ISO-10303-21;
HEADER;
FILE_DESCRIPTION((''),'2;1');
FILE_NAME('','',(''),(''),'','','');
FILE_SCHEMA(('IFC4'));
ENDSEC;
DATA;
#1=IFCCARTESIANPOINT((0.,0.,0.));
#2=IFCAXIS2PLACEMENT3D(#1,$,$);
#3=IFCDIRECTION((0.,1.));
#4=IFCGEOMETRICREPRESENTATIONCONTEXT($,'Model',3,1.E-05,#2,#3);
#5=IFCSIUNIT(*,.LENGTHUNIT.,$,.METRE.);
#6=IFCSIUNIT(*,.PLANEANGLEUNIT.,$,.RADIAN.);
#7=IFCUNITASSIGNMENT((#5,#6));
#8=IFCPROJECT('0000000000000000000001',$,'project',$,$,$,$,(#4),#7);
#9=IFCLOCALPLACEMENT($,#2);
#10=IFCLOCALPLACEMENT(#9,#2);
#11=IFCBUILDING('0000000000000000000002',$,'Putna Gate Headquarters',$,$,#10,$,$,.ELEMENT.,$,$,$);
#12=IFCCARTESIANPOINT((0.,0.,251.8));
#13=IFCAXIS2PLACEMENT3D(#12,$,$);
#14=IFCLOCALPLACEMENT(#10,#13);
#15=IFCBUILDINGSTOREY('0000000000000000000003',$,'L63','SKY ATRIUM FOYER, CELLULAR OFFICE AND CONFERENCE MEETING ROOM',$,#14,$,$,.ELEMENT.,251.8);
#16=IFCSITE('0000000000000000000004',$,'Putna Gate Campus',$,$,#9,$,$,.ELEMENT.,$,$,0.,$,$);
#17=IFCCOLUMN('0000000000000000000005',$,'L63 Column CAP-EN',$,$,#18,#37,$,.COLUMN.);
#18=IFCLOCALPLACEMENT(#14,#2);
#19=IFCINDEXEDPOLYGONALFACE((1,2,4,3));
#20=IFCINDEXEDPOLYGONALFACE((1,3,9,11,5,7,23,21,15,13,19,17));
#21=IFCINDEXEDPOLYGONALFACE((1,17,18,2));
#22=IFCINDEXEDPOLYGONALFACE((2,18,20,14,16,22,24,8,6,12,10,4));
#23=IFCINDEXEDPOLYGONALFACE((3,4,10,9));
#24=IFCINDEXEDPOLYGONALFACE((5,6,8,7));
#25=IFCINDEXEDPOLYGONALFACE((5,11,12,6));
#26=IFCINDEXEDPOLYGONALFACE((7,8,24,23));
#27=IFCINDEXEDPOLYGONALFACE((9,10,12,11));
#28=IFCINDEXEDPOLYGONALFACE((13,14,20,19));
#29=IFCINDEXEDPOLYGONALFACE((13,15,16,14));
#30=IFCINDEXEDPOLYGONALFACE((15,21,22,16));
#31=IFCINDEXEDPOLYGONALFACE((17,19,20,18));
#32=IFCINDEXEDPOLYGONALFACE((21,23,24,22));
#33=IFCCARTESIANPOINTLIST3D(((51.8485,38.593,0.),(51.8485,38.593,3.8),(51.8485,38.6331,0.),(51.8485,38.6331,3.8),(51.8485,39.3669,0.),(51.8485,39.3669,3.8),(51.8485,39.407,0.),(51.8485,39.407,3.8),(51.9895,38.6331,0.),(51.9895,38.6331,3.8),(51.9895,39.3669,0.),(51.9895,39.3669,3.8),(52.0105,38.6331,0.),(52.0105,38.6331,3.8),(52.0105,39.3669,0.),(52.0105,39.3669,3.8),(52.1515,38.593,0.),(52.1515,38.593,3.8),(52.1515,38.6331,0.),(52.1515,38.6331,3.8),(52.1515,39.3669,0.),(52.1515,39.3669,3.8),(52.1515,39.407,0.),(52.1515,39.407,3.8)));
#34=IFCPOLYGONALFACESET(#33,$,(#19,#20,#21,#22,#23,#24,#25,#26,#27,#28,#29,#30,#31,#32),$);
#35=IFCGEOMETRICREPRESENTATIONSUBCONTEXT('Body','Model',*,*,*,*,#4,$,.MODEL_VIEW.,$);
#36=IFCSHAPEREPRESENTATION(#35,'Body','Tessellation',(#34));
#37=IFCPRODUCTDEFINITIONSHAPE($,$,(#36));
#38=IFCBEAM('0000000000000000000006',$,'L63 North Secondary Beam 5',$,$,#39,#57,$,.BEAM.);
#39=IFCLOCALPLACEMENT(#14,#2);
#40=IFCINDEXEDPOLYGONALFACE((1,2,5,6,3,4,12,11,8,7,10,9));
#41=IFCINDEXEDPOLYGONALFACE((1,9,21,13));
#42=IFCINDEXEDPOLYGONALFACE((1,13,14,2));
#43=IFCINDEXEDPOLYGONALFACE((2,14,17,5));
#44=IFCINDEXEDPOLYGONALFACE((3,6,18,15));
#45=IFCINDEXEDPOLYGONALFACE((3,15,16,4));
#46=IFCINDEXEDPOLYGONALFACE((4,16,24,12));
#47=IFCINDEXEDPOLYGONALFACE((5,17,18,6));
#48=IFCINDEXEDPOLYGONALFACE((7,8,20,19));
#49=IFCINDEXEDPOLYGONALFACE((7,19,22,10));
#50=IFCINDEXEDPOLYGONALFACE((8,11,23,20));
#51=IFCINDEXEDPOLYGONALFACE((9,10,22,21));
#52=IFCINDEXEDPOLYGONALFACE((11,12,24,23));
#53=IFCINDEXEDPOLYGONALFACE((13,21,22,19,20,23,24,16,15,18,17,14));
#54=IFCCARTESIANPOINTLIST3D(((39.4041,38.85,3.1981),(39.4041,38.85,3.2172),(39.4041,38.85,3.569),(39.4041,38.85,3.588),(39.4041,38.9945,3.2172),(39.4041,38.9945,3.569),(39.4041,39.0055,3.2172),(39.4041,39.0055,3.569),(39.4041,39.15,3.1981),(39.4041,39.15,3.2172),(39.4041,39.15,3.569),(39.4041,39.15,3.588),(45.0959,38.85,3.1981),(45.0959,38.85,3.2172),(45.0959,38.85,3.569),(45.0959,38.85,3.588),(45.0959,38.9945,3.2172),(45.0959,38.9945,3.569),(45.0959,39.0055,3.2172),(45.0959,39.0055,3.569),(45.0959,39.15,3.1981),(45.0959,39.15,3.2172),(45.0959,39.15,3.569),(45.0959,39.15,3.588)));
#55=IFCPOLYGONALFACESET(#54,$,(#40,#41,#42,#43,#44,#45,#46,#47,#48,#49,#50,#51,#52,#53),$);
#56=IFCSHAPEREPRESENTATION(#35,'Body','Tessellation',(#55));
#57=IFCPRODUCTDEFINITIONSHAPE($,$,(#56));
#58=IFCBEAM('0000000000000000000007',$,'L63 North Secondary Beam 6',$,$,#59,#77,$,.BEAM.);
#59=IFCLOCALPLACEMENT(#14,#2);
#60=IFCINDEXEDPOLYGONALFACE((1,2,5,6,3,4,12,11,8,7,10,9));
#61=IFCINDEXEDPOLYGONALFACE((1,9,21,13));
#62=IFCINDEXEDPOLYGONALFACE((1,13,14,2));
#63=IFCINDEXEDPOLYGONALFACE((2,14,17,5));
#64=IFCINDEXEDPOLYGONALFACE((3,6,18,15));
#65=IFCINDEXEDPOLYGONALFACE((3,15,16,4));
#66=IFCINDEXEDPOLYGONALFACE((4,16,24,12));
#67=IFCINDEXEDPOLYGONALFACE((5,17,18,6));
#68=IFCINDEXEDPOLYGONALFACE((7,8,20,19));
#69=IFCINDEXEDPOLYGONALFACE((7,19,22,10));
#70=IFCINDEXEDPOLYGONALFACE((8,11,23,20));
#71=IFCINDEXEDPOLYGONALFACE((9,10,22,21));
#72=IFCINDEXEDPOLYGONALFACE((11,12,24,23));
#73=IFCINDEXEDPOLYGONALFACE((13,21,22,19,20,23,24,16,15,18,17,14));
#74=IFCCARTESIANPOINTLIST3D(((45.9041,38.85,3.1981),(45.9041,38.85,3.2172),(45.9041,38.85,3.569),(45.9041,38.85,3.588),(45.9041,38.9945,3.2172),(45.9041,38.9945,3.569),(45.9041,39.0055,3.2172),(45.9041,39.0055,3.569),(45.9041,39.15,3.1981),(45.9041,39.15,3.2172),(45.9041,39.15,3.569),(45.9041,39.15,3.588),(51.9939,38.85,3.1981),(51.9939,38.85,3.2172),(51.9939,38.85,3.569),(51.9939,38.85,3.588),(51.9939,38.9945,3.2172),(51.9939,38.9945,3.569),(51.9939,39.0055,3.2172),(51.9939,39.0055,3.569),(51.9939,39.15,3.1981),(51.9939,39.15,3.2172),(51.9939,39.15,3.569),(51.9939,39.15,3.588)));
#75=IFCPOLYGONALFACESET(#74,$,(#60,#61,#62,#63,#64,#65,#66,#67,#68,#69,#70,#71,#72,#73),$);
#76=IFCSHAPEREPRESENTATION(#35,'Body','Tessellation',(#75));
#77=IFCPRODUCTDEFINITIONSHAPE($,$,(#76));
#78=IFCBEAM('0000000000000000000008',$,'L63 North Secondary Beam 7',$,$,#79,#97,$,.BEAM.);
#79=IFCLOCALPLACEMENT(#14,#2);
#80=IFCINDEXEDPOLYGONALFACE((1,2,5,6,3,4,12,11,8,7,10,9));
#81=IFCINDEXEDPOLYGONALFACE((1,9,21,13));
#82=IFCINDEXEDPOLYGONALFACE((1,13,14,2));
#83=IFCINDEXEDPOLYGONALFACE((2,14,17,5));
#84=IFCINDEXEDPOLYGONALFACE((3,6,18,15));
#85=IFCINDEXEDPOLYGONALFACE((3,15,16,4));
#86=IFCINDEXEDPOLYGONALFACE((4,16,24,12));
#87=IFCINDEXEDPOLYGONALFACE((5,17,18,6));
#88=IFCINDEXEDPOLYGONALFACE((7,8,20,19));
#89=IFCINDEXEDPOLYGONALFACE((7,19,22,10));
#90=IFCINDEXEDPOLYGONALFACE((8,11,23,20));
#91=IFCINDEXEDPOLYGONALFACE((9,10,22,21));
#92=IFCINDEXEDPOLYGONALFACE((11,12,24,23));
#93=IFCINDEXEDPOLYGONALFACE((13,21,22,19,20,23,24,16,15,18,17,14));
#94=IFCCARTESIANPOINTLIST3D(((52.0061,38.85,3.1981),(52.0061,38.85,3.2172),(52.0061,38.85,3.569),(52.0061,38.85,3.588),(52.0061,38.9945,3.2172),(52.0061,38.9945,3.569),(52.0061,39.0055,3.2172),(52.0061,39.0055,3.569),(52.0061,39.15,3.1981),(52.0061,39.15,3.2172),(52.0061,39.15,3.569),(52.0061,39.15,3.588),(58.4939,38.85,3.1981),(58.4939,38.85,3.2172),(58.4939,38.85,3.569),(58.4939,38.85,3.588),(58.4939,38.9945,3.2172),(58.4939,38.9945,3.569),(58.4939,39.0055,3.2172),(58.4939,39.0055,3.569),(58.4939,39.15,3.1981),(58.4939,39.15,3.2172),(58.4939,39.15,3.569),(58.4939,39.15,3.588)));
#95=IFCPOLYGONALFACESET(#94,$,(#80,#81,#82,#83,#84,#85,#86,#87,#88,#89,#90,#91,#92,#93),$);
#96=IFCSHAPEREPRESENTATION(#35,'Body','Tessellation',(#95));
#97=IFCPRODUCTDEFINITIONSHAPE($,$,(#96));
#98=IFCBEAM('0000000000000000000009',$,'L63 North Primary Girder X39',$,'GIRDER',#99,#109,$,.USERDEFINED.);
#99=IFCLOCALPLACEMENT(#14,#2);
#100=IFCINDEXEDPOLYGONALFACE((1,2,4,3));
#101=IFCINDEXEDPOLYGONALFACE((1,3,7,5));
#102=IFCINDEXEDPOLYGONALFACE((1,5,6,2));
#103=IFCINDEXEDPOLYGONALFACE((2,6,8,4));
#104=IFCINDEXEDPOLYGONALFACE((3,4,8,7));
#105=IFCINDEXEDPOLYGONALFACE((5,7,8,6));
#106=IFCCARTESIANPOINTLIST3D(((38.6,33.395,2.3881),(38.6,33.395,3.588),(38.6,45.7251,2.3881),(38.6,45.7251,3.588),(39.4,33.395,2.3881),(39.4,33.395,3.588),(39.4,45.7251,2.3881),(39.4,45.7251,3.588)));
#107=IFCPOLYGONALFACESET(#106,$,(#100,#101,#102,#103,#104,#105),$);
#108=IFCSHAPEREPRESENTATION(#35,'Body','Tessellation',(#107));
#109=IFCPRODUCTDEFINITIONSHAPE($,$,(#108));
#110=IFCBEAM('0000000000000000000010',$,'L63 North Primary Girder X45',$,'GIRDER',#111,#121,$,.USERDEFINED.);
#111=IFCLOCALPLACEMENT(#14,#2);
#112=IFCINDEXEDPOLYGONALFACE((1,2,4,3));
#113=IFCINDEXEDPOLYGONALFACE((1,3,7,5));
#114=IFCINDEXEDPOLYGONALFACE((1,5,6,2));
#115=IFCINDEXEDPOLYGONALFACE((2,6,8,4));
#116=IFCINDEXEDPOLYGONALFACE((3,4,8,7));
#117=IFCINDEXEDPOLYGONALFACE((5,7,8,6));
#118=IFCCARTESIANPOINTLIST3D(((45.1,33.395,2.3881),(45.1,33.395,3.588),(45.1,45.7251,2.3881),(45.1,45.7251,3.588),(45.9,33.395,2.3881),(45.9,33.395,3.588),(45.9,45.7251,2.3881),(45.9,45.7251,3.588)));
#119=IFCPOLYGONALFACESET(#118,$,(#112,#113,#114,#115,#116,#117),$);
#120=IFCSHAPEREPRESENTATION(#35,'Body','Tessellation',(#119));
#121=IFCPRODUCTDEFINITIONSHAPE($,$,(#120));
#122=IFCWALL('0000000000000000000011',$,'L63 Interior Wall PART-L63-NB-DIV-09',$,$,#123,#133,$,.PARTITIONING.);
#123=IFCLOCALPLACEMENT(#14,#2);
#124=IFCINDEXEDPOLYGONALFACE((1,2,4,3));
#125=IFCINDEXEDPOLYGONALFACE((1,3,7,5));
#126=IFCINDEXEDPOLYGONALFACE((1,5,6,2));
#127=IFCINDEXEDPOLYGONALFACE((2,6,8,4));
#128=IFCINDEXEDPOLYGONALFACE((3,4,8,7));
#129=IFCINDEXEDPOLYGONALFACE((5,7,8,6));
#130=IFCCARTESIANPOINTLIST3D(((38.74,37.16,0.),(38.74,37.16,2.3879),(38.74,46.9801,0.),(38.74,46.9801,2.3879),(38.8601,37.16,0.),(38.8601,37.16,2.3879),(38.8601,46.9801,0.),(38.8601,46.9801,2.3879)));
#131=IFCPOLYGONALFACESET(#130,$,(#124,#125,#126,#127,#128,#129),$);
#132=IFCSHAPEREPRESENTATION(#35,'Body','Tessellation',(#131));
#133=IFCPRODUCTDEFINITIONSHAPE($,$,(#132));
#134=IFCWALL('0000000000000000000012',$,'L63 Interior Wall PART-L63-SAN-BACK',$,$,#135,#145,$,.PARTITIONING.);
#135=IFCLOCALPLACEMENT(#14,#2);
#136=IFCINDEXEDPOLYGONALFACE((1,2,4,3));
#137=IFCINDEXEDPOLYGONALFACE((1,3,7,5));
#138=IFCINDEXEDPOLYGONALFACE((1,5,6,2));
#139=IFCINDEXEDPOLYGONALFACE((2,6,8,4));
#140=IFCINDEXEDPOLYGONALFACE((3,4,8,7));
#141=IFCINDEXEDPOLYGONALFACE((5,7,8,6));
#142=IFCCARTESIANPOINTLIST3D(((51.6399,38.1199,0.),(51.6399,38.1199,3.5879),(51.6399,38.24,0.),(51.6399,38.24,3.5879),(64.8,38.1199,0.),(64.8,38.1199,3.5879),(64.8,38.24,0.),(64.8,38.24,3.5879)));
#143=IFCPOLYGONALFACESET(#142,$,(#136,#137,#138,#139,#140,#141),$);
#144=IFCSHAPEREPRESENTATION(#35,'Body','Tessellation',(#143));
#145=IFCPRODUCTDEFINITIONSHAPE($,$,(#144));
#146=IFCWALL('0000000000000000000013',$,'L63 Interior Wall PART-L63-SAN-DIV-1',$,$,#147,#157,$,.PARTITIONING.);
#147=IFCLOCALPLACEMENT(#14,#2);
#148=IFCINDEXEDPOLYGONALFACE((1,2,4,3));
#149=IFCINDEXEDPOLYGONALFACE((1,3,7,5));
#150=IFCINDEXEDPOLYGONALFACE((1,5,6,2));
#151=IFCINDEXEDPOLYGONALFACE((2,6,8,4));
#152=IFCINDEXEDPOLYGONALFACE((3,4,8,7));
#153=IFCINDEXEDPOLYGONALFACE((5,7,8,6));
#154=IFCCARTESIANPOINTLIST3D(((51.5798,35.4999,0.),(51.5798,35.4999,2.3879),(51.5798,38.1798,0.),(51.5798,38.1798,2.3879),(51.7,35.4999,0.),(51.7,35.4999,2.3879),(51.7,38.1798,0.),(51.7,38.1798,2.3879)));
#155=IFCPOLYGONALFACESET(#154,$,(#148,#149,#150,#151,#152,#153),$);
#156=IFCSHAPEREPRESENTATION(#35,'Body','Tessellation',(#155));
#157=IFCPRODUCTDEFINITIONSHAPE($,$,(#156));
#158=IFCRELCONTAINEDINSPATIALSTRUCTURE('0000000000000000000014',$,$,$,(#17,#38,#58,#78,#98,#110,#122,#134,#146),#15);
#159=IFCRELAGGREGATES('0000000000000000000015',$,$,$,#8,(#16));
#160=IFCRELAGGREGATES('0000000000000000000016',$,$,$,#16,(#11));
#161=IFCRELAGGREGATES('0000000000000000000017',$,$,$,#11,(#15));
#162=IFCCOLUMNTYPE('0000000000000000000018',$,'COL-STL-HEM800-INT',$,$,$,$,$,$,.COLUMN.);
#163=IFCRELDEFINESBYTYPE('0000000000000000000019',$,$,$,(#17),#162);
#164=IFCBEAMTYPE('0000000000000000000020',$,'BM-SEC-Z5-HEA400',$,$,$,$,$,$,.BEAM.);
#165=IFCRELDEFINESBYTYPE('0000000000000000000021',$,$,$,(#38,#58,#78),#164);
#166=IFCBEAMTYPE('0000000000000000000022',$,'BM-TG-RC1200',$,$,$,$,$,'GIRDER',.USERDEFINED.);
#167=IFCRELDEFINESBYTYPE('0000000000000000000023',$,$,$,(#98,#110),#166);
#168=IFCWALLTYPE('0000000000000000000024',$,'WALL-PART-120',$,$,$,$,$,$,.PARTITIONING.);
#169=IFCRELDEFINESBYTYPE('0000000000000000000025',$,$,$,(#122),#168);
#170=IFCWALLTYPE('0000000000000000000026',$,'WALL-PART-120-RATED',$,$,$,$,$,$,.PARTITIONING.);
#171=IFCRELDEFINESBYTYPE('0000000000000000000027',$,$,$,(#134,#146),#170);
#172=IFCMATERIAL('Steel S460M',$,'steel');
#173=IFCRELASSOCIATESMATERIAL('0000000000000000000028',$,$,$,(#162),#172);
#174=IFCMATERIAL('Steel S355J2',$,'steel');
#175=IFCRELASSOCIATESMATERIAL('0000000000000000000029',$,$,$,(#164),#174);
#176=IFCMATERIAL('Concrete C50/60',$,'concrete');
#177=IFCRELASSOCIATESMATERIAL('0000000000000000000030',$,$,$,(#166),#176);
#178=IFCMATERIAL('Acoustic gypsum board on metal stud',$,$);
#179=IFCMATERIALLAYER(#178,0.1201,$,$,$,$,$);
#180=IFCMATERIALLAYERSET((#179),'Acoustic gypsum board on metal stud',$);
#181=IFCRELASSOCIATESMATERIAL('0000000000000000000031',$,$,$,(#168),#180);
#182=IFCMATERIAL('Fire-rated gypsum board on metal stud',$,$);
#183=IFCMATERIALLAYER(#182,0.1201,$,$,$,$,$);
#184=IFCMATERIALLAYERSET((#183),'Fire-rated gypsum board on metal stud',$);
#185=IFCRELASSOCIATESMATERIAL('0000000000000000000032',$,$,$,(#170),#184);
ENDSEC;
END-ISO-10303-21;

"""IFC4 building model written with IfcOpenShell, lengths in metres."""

from ifc_helpers import new_model, si_unit, direction, frame, frame_2d, origin, origin_2d, place, context, subcontext, project, spatial, rectangle, i_section, extrude, material, layer, layer_set, material_profile, profile_set, type_object, element, save


model = new_model("IFC4")

# Units and contexts
model_context = context("Model", 3, precision=1e-05, world=origin(), true_north=direction((0.0, 1.0)))
body_context = subcontext(model_context, "Body", "Model", "MODEL_VIEW")
ifc_project = project(units=[si_unit("LENGTHUNIT", "METRE"), si_unit("PLANEANGLEUNIT", "RADIAN")], contexts=[model_context])

# Site, building, storey
site_placement = place(None, origin())
site = spatial("IfcSite", under=ifc_project, at=site_placement, Name="Putna Gate Campus", CompositionType="ELEMENT", RefElevation=0.0)
building_placement = place(site_placement, origin())
building = spatial("IfcBuilding", under=site, at=building_placement, Name="Putna Gate Headquarters", CompositionType="ELEMENT")
storey_placement = place(building_placement, frame((0.0, 0.0, 251.8)))
storey = spatial("IfcBuildingStorey", under=building, at=storey_placement, Name="L63", Description="SKY ATRIUM FOYER, CELLULAR OFFICE AND CONFERENCE MEETING ROOM", CompositionType="ELEMENT", Elevation=251.8)

# Column
ifc_material_1 = material(Name="Steel S460M", Category="steel")
ifc_material_profile_1 = material_profile(ifc_material_1, i_section(OverallWidth=0.303, OverallDepth=0.814, WebThickness=0.021, FlangeThickness=0.04, at=origin_2d()), Name="Steel S460M")
ifc_profile_set_1 = profile_set([ifc_material_profile_1], Name="Steel S460M")
column_type = type_object("IfcColumnType", Name="COL-STL-HEM800-INT", PredefinedType="COLUMN", material=ifc_profile_set_1)
column_placement = place(storey_placement, frame((52.0, 39.0, 0.0), z_axis=(0.0, 0.0, 1.0), x_axis=(1.0, 0.0, 0.0)))
element("IfcColumn", 1, at=column_placement, inside=storey, type_object=column_type, Name="L63 Column CAP-EN", PredefinedType="COLUMN", context=body_context, shape_type="SweptSolid", body=[
    extrude(i_section(OverallWidth=0.303, OverallDepth=0.814, WebThickness=0.021, FlangeThickness=0.04, at=origin_2d()), origin(), (0.0, 0.0, 1.0), 3.8),
])

# Beams
ifc_material_2 = material(Name="Steel S355J2", Category="steel")
ifc_material_profile_2 = material_profile(ifc_material_2, i_section(OverallWidth=0.3, OverallDepth=0.3899, WebThickness=0.011, FlangeThickness=0.019, at=origin_2d()), Name="Steel S355J2")
ifc_profile_set_2 = profile_set([ifc_material_profile_2], Name="Steel S355J2")
beam_type_1 = type_object("IfcBeamType", Name="BM-SEC-Z5-HEA400", PredefinedType="BEAM", material=ifc_profile_set_2)
beam_1_placement = place(storey_placement, frame((39.4041, 39.0, 3.3931), z_axis=(1.0, 0.0, 0.0), x_axis=(0.0, 1.0, 0.0)))
element("IfcBeam", 2, at=beam_1_placement, inside=storey, type_object=beam_type_1, Name="L63 North Secondary Beam 5", PredefinedType="BEAM", context=body_context, shape_type="SweptSolid", body=[
    extrude(i_section(OverallWidth=0.3, OverallDepth=0.3899, WebThickness=0.011, FlangeThickness=0.019, at=origin_2d()), origin(), (0.0, 0.0, 1.0), 5.6919),
])
beam_2_placement = place(storey_placement, frame((45.9041, 39.0, 3.3931), z_axis=(1.0, 0.0, 0.0), x_axis=(0.0, 1.0, 0.0)))
element("IfcBeam", 3, at=beam_2_placement, inside=storey, type_object=beam_type_1, Name="L63 North Secondary Beam 6", PredefinedType="BEAM", context=body_context, shape_type="SweptSolid", body=[
    extrude(i_section(OverallWidth=0.3, OverallDepth=0.3899, WebThickness=0.011, FlangeThickness=0.019, at=origin_2d()), origin(), (0.0, 0.0, 1.0), 6.0898),
])
beam_3_placement = place(storey_placement, frame((52.0061, 39.0, 3.3931), z_axis=(1.0, 0.0, 0.0), x_axis=(0.0, 1.0, 0.0)))
element("IfcBeam", 4, at=beam_3_placement, inside=storey, type_object=beam_type_1, Name="L63 North Secondary Beam 7", PredefinedType="BEAM", context=body_context, shape_type="SweptSolid", body=[
    extrude(i_section(OverallWidth=0.3, OverallDepth=0.3899, WebThickness=0.011, FlangeThickness=0.019, at=origin_2d()), origin(), (0.0, 0.0, 1.0), 6.4878),
])
ifc_material_3 = material(Name="Concrete C50/60", Category="concrete")
ifc_material_profile_3 = material_profile(ifc_material_3, rectangle(XDim=0.8, YDim=1.2, at=origin_2d()), Name="Concrete C50/60")
ifc_profile_set_3 = profile_set([ifc_material_profile_3], Name="Concrete C50/60")
beam_type_2 = type_object("IfcBeamType", Name="BM-TG-RC1200", ElementType="GIRDER", PredefinedType="USERDEFINED", material=ifc_profile_set_3)
for number, where, z_axis, x_axis, name in (
    (5, (39.0, 33.395, 2.988), (0.0, 1.0, 0.0), (-1.0, 0.0, 0.0), "L63 North Primary Girder X39"),
    (6, (45.5, 33.395, 2.988), (0.0, 1.0, 0.0), (-1.0, 0.0, 0.0), "L63 North Primary Girder X45"),
):
    element("IfcBeam", number, at=place(storey_placement, frame(where, z_axis=z_axis, x_axis=x_axis)), inside=storey, type_object=beam_type_2, Name=name, ObjectType="GIRDER", PredefinedType="USERDEFINED", context=body_context, shape_type="SweptSolid", body=[
        extrude(rectangle(XDim=0.8, YDim=1.2, at=origin_2d()), origin(), (0.0, 0.0, 1.0), 12.3301),
    ])

# Wall
ifc_material_4 = material(Name="Acoustic gypsum board on metal stud")
ifc_layer_1 = layer(ifc_material_4, 0.1201)
ifc_layer_set_1 = layer_set([ifc_layer_1], Name="Acoustic gypsum board on metal stud")
wall_type_1 = type_object("IfcWallType", Name="WALL-PART-120", PredefinedType="PARTITIONING", material=ifc_layer_set_1)
wall_1_placement = place(storey_placement, frame((38.8, 37.1599, 0.0), z_axis=(0.0, 0.0, 1.0), x_axis=(0.0, 1.0, 0.0)))
element("IfcWall", 7, at=wall_1_placement, inside=storey, type_object=wall_type_1, Name="L63 Interior Wall PART-L63-NB-DIV-09", PredefinedType="PARTITIONING", context=body_context, shape_type="SweptSolid", body=[
    extrude(rectangle(XDim=9.8201, YDim=0.1201, at=frame_2d((4.9102, 0.0))), origin(), (0.0, 0.0, 1.0), 2.3879),
])

# Shared definitions
ifc_material_5 = material(Name="Fire-rated gypsum board on metal stud")
ifc_layer_2 = layer(ifc_material_5, 0.1201)
ifc_layer_set_2 = layer_set([ifc_layer_2], Name="Fire-rated gypsum board on metal stud")
wall_type_2 = type_object("IfcWallType", Name="WALL-PART-120-RATED", PredefinedType="PARTITIONING", material=ifc_layer_set_2)

# Walls
wall_2_placement = place(storey_placement, frame((51.6399, 38.1799, 0.0), z_axis=(0.0, 0.0, 1.0), x_axis=(1.0, 0.0, 0.0)))
element("IfcWall", 8, at=wall_2_placement, inside=storey, type_object=wall_type_2, Name="L63 Interior Wall PART-L63-SAN-BACK", PredefinedType="PARTITIONING", context=body_context, shape_type="SweptSolid", body=[
    extrude(rectangle(XDim=13.1602, YDim=0.1201, at=frame_2d((6.5801, 0.0))), origin(), (0.0, 0.0, 1.0), 3.5879),
])
wall_3_placement = place(storey_placement, frame((51.6399, 35.5, 0.0), z_axis=(0.0, 0.0, 1.0), x_axis=(0.0, 1.0, 0.0)))
element("IfcWall", 9, at=wall_3_placement, inside=storey, type_object=wall_type_2, Name="L63 Interior Wall PART-L63-SAN-DIV-1", PredefinedType="PARTITIONING", context=body_context, shape_type="SweptSolid", body=[
    extrude(rectangle(XDim=2.6799, YDim=0.1201, at=frame_2d((1.3398, 0.0))), origin(), (0.0, 0.0, 1.0), 2.3879),
])

save(model, "model.ifc")
